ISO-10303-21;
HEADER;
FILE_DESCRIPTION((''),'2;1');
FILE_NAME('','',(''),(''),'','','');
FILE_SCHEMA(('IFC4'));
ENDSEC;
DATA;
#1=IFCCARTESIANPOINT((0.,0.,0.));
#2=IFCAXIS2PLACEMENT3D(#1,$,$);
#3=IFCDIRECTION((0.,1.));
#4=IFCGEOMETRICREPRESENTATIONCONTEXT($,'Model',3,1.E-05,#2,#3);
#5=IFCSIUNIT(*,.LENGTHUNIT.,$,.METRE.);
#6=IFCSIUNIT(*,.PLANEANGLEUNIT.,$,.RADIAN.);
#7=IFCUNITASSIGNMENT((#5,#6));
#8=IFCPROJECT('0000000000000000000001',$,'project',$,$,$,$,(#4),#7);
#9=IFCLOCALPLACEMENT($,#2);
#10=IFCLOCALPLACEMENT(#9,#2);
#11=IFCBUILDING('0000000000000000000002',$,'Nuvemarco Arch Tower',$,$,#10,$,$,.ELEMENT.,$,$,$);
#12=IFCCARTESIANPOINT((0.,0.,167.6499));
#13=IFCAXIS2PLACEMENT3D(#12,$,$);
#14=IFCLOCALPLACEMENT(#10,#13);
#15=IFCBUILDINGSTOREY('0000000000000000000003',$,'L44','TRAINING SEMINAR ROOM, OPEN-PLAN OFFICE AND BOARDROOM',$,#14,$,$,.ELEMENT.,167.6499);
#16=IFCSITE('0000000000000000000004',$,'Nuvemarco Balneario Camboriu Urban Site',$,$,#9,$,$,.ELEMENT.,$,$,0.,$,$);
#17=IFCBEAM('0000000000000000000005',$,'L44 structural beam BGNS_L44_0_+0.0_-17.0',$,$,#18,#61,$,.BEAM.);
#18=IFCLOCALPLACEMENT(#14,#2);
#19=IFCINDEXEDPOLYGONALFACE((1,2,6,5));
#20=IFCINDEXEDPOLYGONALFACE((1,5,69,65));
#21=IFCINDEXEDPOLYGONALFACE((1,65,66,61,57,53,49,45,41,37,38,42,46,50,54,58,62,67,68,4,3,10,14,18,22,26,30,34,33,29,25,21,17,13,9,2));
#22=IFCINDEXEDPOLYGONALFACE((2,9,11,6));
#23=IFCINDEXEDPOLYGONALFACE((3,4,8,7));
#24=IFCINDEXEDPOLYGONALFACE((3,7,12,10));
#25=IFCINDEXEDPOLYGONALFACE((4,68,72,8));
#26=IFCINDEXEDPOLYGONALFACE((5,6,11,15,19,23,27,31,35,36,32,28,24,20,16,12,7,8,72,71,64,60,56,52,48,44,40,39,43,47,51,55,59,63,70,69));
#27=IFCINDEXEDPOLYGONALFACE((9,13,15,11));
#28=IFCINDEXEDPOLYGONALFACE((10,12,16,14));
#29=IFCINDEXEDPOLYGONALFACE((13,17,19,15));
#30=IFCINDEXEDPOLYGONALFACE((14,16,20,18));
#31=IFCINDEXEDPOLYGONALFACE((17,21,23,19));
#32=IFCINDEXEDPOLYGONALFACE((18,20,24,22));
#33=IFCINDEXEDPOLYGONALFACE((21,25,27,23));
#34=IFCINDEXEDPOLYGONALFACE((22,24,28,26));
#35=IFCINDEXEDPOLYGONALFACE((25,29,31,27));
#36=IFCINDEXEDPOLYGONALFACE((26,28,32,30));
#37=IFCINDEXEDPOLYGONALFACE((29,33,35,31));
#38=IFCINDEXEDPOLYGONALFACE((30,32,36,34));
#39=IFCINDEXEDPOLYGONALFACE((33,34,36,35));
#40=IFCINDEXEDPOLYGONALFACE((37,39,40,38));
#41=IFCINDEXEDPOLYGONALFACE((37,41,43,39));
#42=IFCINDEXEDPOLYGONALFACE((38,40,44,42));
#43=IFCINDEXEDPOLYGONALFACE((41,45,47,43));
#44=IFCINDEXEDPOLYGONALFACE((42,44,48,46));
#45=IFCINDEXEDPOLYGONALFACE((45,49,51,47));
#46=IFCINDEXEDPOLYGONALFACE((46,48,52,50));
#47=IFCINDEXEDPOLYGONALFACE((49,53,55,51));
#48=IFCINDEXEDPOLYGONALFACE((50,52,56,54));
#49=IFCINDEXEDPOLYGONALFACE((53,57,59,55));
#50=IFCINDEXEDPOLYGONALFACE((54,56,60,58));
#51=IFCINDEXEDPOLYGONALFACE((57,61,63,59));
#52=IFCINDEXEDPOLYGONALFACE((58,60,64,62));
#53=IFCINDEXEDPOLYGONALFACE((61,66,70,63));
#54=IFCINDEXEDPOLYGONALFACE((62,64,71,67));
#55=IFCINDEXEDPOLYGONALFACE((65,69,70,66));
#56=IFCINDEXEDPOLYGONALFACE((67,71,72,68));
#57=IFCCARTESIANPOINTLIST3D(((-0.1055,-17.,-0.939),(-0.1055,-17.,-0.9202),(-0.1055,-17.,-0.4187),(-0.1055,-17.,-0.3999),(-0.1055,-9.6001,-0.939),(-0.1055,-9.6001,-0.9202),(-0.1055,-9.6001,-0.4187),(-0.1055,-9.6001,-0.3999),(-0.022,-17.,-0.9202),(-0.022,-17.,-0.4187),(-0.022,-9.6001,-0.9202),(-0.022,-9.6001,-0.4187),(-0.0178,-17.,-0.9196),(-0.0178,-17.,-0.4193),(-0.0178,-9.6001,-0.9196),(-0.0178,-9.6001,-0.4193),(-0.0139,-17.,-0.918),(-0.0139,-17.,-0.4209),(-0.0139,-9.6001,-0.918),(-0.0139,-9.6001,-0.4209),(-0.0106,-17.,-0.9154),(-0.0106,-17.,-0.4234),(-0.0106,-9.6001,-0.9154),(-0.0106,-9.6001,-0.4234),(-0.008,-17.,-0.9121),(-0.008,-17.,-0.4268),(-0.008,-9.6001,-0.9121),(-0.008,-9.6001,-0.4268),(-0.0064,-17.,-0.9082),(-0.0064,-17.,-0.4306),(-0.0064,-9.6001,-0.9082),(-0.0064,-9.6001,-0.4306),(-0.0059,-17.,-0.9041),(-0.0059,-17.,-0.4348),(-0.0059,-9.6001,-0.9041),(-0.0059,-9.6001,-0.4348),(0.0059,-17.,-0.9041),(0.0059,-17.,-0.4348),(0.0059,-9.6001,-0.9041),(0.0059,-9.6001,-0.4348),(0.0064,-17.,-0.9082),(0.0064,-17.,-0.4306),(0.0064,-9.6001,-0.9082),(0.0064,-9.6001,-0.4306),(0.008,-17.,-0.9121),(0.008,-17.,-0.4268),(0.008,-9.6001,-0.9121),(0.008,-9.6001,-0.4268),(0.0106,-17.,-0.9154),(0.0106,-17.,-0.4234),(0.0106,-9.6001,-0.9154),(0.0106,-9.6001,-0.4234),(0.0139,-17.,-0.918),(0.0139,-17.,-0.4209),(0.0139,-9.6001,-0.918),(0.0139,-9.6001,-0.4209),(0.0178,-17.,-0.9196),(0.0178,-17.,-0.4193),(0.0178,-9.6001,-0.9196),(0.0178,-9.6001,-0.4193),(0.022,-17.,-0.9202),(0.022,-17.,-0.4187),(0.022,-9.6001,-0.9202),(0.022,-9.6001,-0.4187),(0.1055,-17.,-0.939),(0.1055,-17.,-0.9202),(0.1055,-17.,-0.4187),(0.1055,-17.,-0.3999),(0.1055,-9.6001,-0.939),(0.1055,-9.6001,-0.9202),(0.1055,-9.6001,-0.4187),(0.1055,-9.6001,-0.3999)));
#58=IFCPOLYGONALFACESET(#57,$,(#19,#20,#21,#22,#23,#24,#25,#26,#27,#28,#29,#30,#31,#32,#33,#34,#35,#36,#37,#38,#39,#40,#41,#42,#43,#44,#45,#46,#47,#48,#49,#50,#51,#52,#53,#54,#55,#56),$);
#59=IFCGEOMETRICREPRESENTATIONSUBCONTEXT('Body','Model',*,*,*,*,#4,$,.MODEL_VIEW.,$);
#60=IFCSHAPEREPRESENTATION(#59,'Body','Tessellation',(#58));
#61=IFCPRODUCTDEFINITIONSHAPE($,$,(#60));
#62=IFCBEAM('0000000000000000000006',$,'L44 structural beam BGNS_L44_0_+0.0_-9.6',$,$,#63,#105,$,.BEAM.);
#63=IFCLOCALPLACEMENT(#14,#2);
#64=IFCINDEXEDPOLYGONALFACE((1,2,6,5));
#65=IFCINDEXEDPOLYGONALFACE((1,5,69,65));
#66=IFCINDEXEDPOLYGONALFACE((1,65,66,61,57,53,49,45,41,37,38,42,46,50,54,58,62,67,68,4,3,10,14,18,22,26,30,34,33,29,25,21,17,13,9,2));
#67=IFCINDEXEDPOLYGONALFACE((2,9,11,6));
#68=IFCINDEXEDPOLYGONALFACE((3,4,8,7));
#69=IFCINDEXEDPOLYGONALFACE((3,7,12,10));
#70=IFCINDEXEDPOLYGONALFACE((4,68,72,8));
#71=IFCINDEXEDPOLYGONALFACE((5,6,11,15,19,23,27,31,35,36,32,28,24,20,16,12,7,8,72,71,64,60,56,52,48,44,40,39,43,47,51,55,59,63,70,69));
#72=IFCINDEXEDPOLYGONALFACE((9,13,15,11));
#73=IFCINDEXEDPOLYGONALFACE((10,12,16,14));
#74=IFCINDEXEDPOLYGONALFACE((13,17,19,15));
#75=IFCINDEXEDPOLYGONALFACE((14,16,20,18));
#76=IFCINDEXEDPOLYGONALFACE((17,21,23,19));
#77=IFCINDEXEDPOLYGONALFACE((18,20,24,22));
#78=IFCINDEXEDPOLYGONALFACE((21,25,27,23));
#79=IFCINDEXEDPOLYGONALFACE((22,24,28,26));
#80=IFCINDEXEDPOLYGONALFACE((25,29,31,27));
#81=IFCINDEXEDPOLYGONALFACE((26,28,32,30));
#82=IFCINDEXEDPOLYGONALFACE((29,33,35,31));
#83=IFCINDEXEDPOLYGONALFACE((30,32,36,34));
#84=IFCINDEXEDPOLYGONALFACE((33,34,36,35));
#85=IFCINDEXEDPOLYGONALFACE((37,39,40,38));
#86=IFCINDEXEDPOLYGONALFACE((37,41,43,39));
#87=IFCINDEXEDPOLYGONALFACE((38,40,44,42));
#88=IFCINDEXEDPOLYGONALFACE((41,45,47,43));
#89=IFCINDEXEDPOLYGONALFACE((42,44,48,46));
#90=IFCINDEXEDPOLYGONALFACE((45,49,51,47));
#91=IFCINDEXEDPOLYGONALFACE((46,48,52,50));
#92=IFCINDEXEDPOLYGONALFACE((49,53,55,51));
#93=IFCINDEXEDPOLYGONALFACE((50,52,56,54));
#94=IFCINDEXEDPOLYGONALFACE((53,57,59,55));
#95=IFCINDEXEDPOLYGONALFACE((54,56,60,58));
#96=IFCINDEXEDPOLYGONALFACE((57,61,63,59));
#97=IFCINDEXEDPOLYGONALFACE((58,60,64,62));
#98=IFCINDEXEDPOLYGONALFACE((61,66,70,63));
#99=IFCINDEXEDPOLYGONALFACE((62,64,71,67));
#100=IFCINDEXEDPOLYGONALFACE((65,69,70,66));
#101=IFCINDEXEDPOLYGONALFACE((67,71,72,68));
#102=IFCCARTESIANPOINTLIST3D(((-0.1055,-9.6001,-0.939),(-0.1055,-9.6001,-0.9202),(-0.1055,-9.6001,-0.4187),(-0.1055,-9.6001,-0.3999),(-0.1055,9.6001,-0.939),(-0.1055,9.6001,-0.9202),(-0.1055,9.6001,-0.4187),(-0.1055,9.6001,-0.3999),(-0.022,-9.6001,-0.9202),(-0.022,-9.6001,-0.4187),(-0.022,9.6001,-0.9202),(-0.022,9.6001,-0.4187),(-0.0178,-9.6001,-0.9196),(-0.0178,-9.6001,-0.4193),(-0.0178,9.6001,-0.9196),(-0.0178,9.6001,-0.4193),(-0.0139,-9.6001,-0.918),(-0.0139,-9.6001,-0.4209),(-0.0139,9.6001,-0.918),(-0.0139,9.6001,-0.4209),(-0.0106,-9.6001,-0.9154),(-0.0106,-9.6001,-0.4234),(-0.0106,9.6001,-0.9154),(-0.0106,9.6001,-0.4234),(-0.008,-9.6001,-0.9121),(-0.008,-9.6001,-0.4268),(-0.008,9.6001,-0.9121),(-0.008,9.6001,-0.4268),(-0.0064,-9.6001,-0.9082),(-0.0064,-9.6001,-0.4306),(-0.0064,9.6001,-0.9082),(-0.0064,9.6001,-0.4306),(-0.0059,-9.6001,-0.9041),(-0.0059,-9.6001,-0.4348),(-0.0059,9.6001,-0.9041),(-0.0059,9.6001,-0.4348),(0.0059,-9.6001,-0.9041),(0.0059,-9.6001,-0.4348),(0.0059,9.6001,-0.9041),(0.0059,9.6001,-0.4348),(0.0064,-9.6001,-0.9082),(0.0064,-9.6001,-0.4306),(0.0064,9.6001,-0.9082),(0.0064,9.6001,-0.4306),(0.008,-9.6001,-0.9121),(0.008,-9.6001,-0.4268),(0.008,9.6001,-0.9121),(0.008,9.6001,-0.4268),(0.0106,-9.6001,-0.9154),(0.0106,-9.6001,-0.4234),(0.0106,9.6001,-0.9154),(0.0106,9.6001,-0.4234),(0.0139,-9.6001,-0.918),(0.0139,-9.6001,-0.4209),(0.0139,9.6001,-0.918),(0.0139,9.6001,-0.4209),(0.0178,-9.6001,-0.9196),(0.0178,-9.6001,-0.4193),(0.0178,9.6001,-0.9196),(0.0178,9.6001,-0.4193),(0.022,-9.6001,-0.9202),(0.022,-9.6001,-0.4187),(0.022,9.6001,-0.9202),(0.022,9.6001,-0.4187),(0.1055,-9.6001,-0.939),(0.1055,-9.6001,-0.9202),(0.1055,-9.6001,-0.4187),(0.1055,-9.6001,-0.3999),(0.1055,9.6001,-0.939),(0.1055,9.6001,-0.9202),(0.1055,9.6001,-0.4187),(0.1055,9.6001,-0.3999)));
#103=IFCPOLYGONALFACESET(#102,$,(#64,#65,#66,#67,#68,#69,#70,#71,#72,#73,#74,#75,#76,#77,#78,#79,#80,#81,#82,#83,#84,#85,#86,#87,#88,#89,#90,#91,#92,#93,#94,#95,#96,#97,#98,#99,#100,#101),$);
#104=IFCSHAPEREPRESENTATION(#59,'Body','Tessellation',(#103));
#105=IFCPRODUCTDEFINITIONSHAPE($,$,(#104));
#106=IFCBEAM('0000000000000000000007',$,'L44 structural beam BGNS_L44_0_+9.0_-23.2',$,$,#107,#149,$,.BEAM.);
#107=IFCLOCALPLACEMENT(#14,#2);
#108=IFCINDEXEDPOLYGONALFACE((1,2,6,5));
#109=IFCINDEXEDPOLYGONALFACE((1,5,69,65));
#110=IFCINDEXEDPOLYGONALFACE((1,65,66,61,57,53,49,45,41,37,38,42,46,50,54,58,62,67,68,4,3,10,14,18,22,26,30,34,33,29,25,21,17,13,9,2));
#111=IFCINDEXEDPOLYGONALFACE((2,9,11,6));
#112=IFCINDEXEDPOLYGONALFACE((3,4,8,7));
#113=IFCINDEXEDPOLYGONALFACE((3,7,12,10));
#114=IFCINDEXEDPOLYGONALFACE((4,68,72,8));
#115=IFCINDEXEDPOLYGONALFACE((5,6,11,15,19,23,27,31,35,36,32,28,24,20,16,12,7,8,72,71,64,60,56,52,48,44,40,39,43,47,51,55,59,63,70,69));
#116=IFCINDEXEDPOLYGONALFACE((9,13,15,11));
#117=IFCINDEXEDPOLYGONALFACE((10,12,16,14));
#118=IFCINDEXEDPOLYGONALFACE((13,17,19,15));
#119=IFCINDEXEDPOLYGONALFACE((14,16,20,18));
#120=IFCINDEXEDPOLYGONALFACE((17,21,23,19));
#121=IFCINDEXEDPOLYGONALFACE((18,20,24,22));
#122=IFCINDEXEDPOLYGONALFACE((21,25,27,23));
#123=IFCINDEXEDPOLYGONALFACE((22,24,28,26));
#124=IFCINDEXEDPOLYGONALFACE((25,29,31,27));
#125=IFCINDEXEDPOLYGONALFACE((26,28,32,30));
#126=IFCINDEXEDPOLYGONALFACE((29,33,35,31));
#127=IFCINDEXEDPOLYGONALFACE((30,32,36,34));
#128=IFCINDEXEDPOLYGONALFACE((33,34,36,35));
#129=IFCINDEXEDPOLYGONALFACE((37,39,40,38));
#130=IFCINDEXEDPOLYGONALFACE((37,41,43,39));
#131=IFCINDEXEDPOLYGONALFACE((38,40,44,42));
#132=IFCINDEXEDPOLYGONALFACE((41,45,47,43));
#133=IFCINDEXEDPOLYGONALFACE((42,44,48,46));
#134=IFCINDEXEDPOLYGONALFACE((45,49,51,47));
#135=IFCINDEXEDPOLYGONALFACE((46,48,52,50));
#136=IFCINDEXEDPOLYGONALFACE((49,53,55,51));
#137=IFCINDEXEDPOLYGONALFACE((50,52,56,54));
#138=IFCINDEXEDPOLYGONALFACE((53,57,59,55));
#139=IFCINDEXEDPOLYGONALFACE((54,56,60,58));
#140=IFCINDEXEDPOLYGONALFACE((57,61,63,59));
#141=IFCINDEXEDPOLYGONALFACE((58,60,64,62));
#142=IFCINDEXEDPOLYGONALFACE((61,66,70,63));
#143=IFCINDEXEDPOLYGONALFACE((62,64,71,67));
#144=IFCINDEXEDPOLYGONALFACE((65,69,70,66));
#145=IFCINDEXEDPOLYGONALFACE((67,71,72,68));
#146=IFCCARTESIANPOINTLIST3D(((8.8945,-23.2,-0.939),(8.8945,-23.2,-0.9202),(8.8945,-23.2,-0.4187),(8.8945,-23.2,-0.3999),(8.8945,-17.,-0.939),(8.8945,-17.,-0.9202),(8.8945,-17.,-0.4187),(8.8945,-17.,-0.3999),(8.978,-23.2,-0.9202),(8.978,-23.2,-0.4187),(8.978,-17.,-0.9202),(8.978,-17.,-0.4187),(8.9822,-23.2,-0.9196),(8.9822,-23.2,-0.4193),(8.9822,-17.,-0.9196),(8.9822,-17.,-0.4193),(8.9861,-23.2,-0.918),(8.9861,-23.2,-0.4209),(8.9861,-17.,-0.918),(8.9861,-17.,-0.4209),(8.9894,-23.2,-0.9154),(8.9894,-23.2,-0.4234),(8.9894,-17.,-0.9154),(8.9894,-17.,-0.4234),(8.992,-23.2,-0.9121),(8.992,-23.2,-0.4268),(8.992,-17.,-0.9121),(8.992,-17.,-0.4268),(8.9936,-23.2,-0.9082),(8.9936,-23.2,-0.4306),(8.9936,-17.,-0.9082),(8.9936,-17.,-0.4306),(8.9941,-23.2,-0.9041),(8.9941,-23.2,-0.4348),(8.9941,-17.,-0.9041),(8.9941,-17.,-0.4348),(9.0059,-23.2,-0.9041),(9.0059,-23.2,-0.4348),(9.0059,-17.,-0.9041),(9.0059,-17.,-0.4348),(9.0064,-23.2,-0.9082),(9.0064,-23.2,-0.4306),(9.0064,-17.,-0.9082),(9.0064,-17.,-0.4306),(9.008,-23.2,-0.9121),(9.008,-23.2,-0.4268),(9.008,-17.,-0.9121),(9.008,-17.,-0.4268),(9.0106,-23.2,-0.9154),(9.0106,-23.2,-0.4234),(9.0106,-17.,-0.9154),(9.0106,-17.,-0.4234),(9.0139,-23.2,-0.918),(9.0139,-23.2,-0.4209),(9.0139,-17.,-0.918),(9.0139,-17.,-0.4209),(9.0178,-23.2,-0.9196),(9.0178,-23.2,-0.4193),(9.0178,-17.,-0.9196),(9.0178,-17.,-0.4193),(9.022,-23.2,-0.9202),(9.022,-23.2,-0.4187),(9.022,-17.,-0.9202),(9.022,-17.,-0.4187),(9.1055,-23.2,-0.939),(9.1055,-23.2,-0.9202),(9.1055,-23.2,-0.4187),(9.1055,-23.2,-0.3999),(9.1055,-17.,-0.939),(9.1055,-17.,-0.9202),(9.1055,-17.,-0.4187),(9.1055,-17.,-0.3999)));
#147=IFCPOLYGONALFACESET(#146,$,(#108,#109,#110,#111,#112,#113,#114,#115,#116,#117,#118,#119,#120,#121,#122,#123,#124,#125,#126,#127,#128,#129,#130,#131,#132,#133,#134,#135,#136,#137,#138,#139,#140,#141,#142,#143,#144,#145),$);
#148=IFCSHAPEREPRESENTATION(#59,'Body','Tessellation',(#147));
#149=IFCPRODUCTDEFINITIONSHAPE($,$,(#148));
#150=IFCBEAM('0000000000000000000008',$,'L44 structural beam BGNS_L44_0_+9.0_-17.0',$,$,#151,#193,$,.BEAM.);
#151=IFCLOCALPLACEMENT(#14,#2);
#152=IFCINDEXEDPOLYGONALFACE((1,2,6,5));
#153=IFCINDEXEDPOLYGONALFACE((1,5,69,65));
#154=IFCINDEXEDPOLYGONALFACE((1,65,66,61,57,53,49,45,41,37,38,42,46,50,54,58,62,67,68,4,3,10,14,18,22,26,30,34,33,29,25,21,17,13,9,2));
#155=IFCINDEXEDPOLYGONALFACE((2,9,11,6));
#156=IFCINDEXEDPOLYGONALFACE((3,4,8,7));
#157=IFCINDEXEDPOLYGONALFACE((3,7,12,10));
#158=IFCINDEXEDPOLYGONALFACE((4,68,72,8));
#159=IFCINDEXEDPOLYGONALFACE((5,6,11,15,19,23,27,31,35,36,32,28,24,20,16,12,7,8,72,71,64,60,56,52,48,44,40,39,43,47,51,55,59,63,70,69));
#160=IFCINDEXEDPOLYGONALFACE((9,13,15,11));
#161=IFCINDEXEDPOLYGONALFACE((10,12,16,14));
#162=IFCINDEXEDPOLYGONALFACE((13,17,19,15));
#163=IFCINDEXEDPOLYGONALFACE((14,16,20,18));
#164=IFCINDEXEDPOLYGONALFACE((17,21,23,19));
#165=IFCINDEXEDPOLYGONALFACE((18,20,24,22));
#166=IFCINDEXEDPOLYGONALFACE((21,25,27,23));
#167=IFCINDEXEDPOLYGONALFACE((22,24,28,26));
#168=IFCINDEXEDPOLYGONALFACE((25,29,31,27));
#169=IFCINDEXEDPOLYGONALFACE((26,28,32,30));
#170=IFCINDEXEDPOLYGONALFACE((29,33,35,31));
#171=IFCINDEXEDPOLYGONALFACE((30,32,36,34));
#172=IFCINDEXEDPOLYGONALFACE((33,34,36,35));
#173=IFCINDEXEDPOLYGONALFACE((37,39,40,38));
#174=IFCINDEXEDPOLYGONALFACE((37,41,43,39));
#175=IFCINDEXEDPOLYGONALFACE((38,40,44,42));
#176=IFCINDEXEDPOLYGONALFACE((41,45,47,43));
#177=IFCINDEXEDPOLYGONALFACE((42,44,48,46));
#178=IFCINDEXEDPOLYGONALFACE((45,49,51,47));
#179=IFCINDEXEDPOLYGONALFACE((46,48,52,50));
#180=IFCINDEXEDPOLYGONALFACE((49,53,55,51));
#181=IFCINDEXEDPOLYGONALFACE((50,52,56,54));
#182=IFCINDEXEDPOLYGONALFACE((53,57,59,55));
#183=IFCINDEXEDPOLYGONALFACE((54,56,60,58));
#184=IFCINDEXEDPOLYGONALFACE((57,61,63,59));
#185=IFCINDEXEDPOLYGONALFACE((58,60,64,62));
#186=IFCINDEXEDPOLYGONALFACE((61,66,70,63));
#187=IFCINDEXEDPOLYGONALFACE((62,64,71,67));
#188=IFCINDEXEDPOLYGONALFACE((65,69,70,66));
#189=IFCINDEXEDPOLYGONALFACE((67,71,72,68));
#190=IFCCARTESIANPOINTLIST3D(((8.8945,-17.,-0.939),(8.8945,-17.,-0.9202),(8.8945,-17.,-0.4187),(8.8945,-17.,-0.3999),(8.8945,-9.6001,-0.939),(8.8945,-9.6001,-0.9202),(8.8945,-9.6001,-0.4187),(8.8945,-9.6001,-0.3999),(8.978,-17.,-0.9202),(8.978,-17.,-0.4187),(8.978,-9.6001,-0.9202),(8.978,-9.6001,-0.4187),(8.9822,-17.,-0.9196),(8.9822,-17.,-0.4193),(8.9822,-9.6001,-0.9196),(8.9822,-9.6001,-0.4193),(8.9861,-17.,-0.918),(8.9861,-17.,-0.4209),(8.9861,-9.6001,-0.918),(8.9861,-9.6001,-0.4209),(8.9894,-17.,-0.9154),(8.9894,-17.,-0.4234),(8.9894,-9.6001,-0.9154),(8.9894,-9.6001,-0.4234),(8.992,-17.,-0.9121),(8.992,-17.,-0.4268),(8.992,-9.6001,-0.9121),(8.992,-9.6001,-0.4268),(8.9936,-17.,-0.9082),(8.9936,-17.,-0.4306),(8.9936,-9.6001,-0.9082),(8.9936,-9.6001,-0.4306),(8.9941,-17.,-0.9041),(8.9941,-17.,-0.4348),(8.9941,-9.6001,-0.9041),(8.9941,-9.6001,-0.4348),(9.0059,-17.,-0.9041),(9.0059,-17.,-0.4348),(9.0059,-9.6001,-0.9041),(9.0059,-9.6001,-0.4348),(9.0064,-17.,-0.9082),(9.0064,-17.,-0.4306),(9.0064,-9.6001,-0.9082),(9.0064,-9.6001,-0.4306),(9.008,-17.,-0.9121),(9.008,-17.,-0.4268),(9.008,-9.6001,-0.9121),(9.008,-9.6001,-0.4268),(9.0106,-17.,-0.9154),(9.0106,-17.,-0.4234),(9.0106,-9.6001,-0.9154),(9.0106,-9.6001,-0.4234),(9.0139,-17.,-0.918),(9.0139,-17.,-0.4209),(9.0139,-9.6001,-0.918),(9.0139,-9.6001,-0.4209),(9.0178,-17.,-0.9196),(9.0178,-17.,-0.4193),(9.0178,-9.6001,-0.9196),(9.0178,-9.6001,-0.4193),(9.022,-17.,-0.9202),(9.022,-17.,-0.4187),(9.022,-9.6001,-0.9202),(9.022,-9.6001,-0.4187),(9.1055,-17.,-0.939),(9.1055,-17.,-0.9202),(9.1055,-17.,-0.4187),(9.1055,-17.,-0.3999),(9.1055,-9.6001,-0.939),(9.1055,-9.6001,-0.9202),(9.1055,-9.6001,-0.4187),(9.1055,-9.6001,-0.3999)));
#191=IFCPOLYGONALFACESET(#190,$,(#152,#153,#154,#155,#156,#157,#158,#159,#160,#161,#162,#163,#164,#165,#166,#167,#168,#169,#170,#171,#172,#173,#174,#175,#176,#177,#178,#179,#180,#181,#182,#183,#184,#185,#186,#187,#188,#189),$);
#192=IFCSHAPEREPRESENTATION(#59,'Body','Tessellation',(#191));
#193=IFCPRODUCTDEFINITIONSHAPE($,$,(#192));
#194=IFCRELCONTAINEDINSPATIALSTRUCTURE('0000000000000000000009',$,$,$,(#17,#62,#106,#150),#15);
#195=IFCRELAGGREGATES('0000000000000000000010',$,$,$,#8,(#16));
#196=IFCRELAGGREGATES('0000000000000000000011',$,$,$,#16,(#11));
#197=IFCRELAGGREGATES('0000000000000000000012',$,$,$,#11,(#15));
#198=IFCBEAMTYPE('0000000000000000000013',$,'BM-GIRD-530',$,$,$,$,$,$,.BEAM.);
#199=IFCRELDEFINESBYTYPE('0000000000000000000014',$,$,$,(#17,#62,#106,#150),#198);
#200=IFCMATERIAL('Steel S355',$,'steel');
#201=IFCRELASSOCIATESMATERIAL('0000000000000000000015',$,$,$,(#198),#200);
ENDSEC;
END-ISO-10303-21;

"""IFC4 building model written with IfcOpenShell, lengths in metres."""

from ifc_helpers import new_model, si_unit, direction, frame, origin, origin_2d, place, context, subcontext, project, spatial, i_section, extrude, material, material_profile, profile_set, type_object, element, save


model = new_model("IFC4")

# Units and contexts
model_context = context("Model", 3, precision=1e-05, world=origin(), true_north=direction((0.0, 1.0)))
body_context = subcontext(model_context, "Body", "Model", "MODEL_VIEW")
ifc_project = project(units=[si_unit("LENGTHUNIT", "METRE"), si_unit("PLANEANGLEUNIT", "RADIAN")], contexts=[model_context])

# Site, building, storey
site_placement = place(None, origin())
site = spatial("IfcSite", under=ifc_project, at=site_placement, Name="Nuvemarco Balneario Camboriu Urban Site", CompositionType="ELEMENT", RefElevation=0.0)
building_placement = place(site_placement, origin())
building = spatial("IfcBuilding", under=site, at=building_placement, Name="Nuvemarco Arch Tower", CompositionType="ELEMENT")
storey_placement = place(building_placement, frame((0.0, 0.0, 167.6499)))
storey = spatial("IfcBuildingStorey", under=building, at=storey_placement, Name="L44", Description="TRAINING SEMINAR ROOM, OPEN-PLAN OFFICE AND BOARDROOM", CompositionType="ELEMENT", Elevation=167.6499)

# Shared definitions
ifc_material_1 = material(Name="Steel S355", Category="steel")

# Beams
ifc_material_profile_1 = material_profile(ifc_material_1, i_section(OverallWidth=0.2109, OverallDepth=0.5391, WebThickness=0.0117, FlangeThickness=0.0188, FilletRadius=0.0161, at=origin_2d()), Name="W530x109")
ifc_profile_set_1 = profile_set([ifc_material_profile_1], Name="Steel S355")
beam_type_1 = type_object("IfcBeamType", Name="BM-GIRD-530", PredefinedType="BEAM", material=ifc_profile_set_1)
beam_1_placement = place(storey_placement, frame((0.0, -17.0, -0.6694), z_axis=(0.0, 1.0, 0.0), x_axis=(-1.0, 0.0, 0.0)))
element("IfcBeam", 1, at=beam_1_placement, inside=storey, type_object=beam_type_1, Name="L44 structural beam BGNS_L44_0_+0.0_-17.0", PredefinedType="BEAM", context=body_context, shape_type="SweptSolid", body=[
    extrude(i_section(OverallWidth=0.2109, OverallDepth=0.5391, WebThickness=0.0117, FlangeThickness=0.0188, FilletRadius=0.0161, at=origin_2d()), origin(), (0.0, 0.0, 1.0), 7.3999),
])
beam_2_placement = place(storey_placement, frame((0.0, -9.6001, -0.6694), z_axis=(0.0, 1.0, 0.0), x_axis=(-1.0, 0.0, 0.0)))
element("IfcBeam", 2, at=beam_2_placement, inside=storey, type_object=beam_type_1, Name="L44 structural beam BGNS_L44_0_+0.0_-9.6", PredefinedType="BEAM", context=body_context, shape_type="SweptSolid", body=[
    extrude(i_section(OverallWidth=0.2109, OverallDepth=0.5391, WebThickness=0.0117, FlangeThickness=0.0188, FilletRadius=0.0161, at=origin_2d()), origin(), (0.0, 0.0, 1.0), 19.2002),
])
beam_3_placement = place(storey_placement, frame((9.0, -23.2, -0.6694), z_axis=(0.0, 1.0, 0.0), x_axis=(-1.0, 0.0, 0.0)))
element("IfcBeam", 3, at=beam_3_placement, inside=storey, type_object=beam_type_1, Name="L44 structural beam BGNS_L44_0_+9.0_-23.2", PredefinedType="BEAM", context=body_context, shape_type="SweptSolid", body=[
    extrude(i_section(OverallWidth=0.2109, OverallDepth=0.5391, WebThickness=0.0117, FlangeThickness=0.0188, FilletRadius=0.0161, at=origin_2d()), origin(), (0.0, 0.0, 1.0), 6.2),
])
beam_4_placement = place(storey_placement, frame((9.0, -17.0, -0.6694), z_axis=(0.0, 1.0, 0.0), x_axis=(-1.0, 0.0, 0.0)))
element("IfcBeam", 4, at=beam_4_placement, inside=storey, type_object=beam_type_1, Name="L44 structural beam BGNS_L44_0_+9.0_-17.0", PredefinedType="BEAM", context=body_context, shape_type="SweptSolid", body=[
    extrude(i_section(OverallWidth=0.2109, OverallDepth=0.5391, WebThickness=0.0117, FlangeThickness=0.0188, FilletRadius=0.0161, at=origin_2d()), origin(), (0.0, 0.0, 1.0), 7.3999),
])

save(model, "model.ifc")
